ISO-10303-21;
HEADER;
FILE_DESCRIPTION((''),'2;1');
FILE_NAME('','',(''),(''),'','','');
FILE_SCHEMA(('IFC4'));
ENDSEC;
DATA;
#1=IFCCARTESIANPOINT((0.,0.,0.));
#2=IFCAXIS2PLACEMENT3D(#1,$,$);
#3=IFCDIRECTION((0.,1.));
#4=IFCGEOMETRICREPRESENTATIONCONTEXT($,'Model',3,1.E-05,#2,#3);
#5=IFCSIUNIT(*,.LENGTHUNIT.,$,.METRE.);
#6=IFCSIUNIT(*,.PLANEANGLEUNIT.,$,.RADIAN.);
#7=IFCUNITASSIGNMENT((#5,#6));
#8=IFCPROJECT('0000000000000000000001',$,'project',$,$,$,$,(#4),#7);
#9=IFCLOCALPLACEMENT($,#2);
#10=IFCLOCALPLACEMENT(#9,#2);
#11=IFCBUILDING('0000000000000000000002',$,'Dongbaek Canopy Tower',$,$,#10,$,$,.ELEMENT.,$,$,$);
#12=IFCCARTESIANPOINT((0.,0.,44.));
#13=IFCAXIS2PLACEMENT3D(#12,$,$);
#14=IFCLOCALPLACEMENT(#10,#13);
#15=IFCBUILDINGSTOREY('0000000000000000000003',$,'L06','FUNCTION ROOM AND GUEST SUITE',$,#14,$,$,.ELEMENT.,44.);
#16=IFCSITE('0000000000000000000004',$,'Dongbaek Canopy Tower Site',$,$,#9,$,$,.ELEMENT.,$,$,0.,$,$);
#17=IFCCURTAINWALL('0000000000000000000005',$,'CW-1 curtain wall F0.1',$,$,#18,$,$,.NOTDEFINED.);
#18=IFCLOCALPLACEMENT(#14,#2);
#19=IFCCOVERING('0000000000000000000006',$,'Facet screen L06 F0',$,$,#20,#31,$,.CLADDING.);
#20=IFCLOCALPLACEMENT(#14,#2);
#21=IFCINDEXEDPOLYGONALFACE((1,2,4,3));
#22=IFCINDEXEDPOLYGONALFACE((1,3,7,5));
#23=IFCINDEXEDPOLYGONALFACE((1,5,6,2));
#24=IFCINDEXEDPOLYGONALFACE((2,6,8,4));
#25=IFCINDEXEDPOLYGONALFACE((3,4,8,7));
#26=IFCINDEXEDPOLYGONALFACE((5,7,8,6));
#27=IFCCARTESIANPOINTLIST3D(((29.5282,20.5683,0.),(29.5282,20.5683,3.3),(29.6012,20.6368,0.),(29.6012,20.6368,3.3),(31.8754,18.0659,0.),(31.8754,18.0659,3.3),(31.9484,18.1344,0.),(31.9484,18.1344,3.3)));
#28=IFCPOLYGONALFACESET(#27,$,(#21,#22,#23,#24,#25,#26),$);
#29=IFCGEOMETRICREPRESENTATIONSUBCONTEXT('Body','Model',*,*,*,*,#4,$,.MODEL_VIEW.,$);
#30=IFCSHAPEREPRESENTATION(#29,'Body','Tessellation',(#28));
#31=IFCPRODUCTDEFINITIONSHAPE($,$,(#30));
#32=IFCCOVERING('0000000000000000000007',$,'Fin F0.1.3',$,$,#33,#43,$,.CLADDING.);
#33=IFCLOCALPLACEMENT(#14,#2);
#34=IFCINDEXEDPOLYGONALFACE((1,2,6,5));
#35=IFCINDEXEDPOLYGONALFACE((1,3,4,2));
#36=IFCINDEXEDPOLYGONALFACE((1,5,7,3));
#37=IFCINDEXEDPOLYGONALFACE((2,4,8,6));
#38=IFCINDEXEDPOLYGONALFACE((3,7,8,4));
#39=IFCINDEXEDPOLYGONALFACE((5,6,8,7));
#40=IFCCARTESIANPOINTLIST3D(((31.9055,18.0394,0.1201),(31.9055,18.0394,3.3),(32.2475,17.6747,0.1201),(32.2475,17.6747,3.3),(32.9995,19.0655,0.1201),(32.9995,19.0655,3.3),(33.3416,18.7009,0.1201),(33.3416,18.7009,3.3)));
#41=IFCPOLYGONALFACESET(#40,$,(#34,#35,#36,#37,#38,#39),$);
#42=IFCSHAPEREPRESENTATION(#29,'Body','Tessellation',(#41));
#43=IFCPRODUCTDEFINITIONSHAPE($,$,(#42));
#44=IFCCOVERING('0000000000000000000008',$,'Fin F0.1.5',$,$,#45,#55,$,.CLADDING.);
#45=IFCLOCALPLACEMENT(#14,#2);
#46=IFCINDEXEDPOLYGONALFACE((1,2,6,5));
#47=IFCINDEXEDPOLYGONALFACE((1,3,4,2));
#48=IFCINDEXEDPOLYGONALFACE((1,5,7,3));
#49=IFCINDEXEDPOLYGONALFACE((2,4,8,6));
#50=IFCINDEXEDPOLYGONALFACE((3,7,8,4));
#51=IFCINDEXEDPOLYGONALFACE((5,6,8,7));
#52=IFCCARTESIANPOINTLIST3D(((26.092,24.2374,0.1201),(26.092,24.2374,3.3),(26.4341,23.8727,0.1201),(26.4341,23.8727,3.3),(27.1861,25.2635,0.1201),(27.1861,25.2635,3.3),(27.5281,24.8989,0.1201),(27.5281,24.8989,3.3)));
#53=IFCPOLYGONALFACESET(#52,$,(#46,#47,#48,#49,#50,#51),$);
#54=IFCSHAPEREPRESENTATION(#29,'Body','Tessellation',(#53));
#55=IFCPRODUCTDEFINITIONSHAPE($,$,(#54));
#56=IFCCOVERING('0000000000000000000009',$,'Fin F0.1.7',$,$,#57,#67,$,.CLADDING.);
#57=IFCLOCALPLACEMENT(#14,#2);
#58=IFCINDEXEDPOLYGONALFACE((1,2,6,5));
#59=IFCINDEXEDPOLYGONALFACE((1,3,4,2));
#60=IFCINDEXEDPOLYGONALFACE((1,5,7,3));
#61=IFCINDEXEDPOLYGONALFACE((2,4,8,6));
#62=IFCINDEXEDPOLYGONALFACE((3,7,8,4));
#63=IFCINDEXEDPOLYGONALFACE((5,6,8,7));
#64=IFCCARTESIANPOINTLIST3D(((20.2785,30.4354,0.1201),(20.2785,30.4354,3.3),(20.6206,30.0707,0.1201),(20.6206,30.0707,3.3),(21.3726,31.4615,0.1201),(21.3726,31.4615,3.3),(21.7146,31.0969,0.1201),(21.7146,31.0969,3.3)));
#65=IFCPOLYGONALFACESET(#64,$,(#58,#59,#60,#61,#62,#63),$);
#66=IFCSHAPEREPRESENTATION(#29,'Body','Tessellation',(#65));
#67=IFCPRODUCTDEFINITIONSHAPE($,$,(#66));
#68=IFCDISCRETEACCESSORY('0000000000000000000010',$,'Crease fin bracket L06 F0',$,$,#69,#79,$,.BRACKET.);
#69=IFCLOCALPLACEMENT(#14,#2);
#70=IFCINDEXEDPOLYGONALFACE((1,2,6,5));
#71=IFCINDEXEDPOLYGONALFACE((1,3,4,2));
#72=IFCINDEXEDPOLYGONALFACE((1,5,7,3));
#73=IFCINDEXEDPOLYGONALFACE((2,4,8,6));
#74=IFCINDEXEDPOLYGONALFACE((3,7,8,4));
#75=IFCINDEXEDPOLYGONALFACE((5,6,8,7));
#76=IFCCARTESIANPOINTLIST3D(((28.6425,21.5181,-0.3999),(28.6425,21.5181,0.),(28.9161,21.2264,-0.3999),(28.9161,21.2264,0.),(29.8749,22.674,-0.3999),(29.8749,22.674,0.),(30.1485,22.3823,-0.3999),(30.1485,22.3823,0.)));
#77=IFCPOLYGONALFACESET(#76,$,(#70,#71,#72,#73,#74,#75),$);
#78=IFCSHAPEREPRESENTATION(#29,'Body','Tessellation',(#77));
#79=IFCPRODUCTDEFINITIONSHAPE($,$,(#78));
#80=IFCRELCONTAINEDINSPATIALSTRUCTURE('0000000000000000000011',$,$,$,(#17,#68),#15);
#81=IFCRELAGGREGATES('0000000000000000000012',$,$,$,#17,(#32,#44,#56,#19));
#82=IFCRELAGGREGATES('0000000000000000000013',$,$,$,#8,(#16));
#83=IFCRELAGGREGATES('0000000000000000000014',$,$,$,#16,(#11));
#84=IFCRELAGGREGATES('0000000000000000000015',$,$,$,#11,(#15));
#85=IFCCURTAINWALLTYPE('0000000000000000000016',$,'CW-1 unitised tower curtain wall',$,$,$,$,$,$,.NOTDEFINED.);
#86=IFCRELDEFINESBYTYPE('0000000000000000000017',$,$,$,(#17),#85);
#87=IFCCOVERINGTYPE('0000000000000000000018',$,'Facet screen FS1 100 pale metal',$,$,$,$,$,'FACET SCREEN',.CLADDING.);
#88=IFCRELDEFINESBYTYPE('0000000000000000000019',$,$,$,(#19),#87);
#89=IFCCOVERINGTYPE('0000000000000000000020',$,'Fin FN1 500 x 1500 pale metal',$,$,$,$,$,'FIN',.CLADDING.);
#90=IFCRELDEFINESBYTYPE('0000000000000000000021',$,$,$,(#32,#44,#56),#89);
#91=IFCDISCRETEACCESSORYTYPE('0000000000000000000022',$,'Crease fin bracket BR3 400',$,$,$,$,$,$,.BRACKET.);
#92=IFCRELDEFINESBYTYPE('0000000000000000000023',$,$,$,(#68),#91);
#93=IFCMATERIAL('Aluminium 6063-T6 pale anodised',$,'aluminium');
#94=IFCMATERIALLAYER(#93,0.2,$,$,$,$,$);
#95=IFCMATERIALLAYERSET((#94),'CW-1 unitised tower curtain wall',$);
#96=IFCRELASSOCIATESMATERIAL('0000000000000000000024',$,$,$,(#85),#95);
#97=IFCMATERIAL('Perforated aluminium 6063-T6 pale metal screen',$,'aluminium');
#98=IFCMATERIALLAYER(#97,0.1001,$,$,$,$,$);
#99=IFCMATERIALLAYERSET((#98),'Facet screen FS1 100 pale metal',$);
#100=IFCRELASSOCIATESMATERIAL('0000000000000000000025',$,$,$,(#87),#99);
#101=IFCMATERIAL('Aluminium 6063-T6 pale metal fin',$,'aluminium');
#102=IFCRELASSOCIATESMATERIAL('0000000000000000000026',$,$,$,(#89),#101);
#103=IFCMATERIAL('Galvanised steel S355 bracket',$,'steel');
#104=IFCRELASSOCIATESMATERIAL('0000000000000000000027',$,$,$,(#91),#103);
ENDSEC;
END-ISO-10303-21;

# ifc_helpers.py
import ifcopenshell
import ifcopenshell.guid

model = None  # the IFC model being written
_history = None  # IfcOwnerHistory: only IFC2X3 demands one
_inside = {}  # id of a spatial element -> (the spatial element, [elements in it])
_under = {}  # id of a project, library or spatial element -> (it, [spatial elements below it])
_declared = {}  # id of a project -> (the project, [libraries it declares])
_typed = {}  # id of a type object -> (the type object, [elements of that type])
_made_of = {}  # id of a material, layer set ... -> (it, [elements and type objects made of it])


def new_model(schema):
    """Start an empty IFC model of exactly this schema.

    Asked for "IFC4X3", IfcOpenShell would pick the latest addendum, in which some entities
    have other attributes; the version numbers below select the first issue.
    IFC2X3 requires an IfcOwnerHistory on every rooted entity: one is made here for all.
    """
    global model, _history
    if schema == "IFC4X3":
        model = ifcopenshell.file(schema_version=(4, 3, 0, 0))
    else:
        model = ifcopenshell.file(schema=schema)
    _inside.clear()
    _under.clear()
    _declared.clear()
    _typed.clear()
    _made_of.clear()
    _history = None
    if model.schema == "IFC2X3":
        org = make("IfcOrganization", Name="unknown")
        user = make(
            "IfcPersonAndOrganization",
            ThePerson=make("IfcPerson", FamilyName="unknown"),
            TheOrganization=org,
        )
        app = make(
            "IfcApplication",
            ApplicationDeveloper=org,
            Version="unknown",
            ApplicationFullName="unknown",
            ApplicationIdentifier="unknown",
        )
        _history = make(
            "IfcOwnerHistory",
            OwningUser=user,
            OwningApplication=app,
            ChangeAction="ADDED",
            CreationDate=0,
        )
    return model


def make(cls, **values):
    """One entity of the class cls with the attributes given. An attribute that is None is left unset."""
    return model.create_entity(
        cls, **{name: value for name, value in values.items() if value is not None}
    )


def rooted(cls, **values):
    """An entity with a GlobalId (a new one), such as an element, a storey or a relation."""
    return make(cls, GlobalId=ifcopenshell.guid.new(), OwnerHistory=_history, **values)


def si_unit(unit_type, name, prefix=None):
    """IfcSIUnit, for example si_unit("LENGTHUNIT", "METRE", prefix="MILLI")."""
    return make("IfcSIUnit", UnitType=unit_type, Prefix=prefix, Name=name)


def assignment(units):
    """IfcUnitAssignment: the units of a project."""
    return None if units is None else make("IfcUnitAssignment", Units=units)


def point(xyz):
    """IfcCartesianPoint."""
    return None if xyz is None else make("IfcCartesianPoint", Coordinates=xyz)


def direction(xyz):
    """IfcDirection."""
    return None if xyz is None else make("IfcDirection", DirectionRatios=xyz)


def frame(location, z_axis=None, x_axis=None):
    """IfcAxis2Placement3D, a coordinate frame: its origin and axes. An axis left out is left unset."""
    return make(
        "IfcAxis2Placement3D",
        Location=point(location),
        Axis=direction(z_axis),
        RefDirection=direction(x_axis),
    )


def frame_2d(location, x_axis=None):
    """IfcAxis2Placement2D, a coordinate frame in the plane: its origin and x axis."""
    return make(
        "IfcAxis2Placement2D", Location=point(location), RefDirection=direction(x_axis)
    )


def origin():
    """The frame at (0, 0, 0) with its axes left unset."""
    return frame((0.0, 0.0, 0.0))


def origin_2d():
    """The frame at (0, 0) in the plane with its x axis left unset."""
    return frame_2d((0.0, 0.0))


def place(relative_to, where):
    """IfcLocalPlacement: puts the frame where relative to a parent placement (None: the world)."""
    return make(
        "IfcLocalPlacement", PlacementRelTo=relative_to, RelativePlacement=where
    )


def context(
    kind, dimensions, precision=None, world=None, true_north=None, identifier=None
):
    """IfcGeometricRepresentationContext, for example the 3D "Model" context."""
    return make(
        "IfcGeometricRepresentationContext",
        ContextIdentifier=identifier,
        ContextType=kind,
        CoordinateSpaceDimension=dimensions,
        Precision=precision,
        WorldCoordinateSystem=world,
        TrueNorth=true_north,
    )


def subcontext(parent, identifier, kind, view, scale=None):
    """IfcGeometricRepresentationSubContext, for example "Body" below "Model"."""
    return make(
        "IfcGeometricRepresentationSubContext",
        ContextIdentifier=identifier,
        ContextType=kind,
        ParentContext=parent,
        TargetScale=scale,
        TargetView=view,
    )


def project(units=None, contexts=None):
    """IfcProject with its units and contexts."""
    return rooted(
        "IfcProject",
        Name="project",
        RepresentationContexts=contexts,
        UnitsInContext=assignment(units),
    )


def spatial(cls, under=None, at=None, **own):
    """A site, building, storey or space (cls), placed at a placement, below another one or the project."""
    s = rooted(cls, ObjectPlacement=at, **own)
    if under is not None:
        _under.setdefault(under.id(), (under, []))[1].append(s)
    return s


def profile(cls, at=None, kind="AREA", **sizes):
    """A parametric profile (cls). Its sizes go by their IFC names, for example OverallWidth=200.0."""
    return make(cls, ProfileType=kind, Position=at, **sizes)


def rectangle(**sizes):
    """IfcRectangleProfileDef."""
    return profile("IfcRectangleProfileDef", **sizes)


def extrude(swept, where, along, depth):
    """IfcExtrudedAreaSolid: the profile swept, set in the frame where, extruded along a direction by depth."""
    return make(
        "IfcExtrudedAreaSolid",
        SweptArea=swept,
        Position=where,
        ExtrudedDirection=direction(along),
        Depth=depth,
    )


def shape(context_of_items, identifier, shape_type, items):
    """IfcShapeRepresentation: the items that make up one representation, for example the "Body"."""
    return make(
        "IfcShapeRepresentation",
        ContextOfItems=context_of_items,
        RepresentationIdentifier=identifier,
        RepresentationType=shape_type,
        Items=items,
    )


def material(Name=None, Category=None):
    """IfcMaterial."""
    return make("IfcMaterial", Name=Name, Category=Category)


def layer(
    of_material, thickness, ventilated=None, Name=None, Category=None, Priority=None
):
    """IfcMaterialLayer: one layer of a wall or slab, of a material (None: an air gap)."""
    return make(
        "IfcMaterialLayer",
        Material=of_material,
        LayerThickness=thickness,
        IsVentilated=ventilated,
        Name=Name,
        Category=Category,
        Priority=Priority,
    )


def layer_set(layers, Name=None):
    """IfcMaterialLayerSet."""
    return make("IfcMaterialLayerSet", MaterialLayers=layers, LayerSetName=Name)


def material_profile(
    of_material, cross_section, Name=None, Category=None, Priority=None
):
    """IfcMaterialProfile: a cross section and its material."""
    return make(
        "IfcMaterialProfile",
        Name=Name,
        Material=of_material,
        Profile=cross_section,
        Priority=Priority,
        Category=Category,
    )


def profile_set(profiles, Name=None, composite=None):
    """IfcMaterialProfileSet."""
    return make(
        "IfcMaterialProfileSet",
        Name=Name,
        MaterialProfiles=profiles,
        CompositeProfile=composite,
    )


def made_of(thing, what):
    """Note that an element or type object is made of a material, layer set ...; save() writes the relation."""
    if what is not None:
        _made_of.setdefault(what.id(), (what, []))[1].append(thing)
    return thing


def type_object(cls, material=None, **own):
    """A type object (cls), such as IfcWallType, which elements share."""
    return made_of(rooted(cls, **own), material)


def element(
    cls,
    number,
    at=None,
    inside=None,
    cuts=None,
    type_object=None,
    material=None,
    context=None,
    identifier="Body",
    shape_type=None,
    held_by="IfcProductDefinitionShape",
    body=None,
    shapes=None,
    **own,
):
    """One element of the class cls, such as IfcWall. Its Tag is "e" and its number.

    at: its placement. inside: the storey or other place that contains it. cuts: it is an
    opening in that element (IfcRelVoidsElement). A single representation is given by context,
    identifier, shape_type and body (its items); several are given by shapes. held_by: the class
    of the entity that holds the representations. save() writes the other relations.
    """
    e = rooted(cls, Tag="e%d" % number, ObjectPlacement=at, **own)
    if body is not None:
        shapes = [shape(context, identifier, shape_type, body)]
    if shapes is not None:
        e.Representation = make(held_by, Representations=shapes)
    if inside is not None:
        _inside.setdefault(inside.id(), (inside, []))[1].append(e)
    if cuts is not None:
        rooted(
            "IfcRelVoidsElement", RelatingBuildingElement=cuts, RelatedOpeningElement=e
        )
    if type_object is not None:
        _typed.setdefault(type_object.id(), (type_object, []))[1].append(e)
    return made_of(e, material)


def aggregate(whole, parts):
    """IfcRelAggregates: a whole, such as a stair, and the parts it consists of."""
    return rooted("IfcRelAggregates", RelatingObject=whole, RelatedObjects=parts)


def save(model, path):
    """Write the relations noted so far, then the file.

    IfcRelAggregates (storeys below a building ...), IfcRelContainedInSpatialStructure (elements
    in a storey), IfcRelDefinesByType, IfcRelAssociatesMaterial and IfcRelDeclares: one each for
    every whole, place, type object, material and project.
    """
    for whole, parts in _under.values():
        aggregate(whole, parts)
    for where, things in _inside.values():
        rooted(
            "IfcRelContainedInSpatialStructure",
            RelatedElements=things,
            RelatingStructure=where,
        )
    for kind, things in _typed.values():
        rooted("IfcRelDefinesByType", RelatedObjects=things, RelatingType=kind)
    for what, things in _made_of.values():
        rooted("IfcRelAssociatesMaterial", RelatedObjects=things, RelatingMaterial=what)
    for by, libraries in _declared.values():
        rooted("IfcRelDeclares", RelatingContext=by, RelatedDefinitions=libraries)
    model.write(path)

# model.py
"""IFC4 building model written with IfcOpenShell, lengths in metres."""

from ifc_helpers import new_model, si_unit, direction, frame, origin, origin_2d, place, context, subcontext, project, spatial, rectangle, extrude, material, layer, layer_set, material_profile, profile_set, type_object, element, aggregate, save


model = new_model("IFC4")

# Units and contexts
model_context = context("Model", 3, precision=1e-05, world=origin(), true_north=direction((0.0, 1.0)))
body_context = subcontext(model_context, "Body", "Model", "MODEL_VIEW")
ifc_project = project(units=[si_unit("LENGTHUNIT", "METRE"), si_unit("PLANEANGLEUNIT", "RADIAN")], contexts=[model_context])

# Site, building, storey
site_placement = place(None, origin())
site = spatial("IfcSite", under=ifc_project, at=site_placement, Name="Dongbaek Canopy Tower Site", CompositionType="ELEMENT", RefElevation=0.0)
building_placement = place(site_placement, origin())
building = spatial("IfcBuilding", under=site, at=building_placement, Name="Dongbaek Canopy Tower", CompositionType="ELEMENT")
storey_placement = place(building_placement, frame((0.0, 0.0, 44.0)))
storey = spatial("IfcBuildingStorey", under=building, at=storey_placement, Name="L06", Description="FUNCTION ROOM AND GUEST SUITE", CompositionType="ELEMENT", Elevation=44.0)

# Curtain wall
ifc_material_1 = material(Name="Aluminium 6063-T6 pale anodised", Category="aluminium")
ifc_layer_1 = layer(ifc_material_1, 0.2)
ifc_layer_set_1 = layer_set([ifc_layer_1], Name="CW-1 unitised tower curtain wall")
curtain_wall_type = type_object("IfcCurtainWallType", Name="CW-1 unitised tower curtain wall", PredefinedType="NOTDEFINED", material=ifc_layer_set_1)
curtain_wall_placement = place(storey_placement, origin())
curtain_wall = element("IfcCurtainWall", 1, at=curtain_wall_placement, inside=storey, type_object=curtain_wall_type, Name="CW-1 curtain wall F0.1", PredefinedType="NOTDEFINED")

# Coverings
ifc_material_2 = material(Name="Perforated aluminium 6063-T6 pale metal screen", Category="aluminium")
ifc_layer_2 = layer(ifc_material_2, 0.1001)
ifc_layer_set_2 = layer_set([ifc_layer_2], Name="Facet screen FS1 100 pale metal")
covering_type_1 = type_object("IfcCoveringType", Name="Facet screen FS1 100 pale metal", ElementType="FACET SCREEN", PredefinedType="CLADDING", material=ifc_layer_set_2)
covering_1_placement = place(storey_placement, frame((30.7383, 19.3513, 0.0), z_axis=(0.0, 0.0, 1.0), x_axis=(-0.684121, 0.729369, 0.0)))
covering_1 = element("IfcCovering", 2, at=covering_1_placement, type_object=covering_type_1, Name="Facet screen L06 F0", PredefinedType="CLADDING", context=body_context, shape_type="SweptSolid", body=[
    extrude(rectangle(XDim=3.4309, YDim=0.1001, at=origin_2d()), origin(), (0.0, 0.0, 1.0), 3.3),
])
ifc_material_3 = material(Name="Aluminium 6063-T6 pale metal fin", Category="aluminium")
ifc_material_profile_1 = material_profile(ifc_material_3, rectangle(XDim=1.5, YDim=0.5, at=origin_2d()), Name="Fin FN1 500 x 1500 pale metal")
ifc_profile_set_1 = profile_set([ifc_material_profile_1], Name="Aluminium 6063-T6 pale metal fin")
covering_type_2 = type_object("IfcCoveringType", Name="Fin FN1 500 x 1500 pale metal", ElementType="FIN", PredefinedType="CLADDING", material=ifc_profile_set_1)
covering_2_placement = place(storey_placement, frame((32.6235, 18.3701, 0.1201), z_axis=(0.0, 0.0, 1.0), x_axis=(0.729369, 0.68412, 0.0)))
covering_2 = element("IfcCovering", 3, at=covering_2_placement, type_object=covering_type_2, Name="Fin F0.1.3", PredefinedType="CLADDING", context=body_context, shape_type="SweptSolid", body=[
    extrude(rectangle(XDim=1.5, YDim=0.5, at=origin_2d()), origin(), (0.0, 0.0, 1.0), 3.1799),
])
covering_3_placement = place(storey_placement, frame((26.8101, 24.5681, 0.1201), z_axis=(0.0, 0.0, 1.0), x_axis=(0.729369, 0.68412, 0.0)))
covering_3 = element("IfcCovering", 4, at=covering_3_placement, type_object=covering_type_2, Name="Fin F0.1.5", PredefinedType="CLADDING", context=body_context, shape_type="SweptSolid", body=[
    extrude(rectangle(XDim=1.5, YDim=0.5, at=origin_2d()), origin(), (0.0, 0.0, 1.0), 3.1799),
])
covering_4_placement = place(storey_placement, frame((20.9966, 30.7661, 0.1201), z_axis=(0.0, 0.0, 1.0), x_axis=(0.729369, 0.68412, 0.0)))
covering_4 = element("IfcCovering", 5, at=covering_4_placement, type_object=covering_type_2, Name="Fin F0.1.7", PredefinedType="CLADDING", context=body_context, shape_type="SweptSolid", body=[
    extrude(rectangle(XDim=1.5, YDim=0.5, at=origin_2d()), origin(), (0.0, 0.0, 1.0), 3.1799),
])
aggregate(curtain_wall, [covering_2, covering_3, covering_4, covering_1])

# Discrete accessory
ifc_material_4 = material(Name="Galvanised steel S355 bracket", Category="steel")
discrete_accessory_type = type_object("IfcDiscreteAccessoryType", Name="Crease fin bracket BR3 400", PredefinedType="BRACKET", material=ifc_material_4)
discrete_accessory_placement = place(storey_placement, frame((29.3955, 21.9502, -0.3999), z_axis=(0.0, 0.0, 1.0), x_axis=(0.729369, 0.684121, 0.0)))
element("IfcDiscreteAccessory", 6, at=discrete_accessory_placement, inside=storey, type_object=discrete_accessory_type, Name="Crease fin bracket L06 F0", PredefinedType="BRACKET", context=body_context, shape_type="SweptSolid", body=[
    extrude(rectangle(XDim=1.6897, YDim=0.3999, at=origin_2d()), origin(), (0.0, 0.0, 1.0), 0.3999),
])

save(model, "model.ifc")
